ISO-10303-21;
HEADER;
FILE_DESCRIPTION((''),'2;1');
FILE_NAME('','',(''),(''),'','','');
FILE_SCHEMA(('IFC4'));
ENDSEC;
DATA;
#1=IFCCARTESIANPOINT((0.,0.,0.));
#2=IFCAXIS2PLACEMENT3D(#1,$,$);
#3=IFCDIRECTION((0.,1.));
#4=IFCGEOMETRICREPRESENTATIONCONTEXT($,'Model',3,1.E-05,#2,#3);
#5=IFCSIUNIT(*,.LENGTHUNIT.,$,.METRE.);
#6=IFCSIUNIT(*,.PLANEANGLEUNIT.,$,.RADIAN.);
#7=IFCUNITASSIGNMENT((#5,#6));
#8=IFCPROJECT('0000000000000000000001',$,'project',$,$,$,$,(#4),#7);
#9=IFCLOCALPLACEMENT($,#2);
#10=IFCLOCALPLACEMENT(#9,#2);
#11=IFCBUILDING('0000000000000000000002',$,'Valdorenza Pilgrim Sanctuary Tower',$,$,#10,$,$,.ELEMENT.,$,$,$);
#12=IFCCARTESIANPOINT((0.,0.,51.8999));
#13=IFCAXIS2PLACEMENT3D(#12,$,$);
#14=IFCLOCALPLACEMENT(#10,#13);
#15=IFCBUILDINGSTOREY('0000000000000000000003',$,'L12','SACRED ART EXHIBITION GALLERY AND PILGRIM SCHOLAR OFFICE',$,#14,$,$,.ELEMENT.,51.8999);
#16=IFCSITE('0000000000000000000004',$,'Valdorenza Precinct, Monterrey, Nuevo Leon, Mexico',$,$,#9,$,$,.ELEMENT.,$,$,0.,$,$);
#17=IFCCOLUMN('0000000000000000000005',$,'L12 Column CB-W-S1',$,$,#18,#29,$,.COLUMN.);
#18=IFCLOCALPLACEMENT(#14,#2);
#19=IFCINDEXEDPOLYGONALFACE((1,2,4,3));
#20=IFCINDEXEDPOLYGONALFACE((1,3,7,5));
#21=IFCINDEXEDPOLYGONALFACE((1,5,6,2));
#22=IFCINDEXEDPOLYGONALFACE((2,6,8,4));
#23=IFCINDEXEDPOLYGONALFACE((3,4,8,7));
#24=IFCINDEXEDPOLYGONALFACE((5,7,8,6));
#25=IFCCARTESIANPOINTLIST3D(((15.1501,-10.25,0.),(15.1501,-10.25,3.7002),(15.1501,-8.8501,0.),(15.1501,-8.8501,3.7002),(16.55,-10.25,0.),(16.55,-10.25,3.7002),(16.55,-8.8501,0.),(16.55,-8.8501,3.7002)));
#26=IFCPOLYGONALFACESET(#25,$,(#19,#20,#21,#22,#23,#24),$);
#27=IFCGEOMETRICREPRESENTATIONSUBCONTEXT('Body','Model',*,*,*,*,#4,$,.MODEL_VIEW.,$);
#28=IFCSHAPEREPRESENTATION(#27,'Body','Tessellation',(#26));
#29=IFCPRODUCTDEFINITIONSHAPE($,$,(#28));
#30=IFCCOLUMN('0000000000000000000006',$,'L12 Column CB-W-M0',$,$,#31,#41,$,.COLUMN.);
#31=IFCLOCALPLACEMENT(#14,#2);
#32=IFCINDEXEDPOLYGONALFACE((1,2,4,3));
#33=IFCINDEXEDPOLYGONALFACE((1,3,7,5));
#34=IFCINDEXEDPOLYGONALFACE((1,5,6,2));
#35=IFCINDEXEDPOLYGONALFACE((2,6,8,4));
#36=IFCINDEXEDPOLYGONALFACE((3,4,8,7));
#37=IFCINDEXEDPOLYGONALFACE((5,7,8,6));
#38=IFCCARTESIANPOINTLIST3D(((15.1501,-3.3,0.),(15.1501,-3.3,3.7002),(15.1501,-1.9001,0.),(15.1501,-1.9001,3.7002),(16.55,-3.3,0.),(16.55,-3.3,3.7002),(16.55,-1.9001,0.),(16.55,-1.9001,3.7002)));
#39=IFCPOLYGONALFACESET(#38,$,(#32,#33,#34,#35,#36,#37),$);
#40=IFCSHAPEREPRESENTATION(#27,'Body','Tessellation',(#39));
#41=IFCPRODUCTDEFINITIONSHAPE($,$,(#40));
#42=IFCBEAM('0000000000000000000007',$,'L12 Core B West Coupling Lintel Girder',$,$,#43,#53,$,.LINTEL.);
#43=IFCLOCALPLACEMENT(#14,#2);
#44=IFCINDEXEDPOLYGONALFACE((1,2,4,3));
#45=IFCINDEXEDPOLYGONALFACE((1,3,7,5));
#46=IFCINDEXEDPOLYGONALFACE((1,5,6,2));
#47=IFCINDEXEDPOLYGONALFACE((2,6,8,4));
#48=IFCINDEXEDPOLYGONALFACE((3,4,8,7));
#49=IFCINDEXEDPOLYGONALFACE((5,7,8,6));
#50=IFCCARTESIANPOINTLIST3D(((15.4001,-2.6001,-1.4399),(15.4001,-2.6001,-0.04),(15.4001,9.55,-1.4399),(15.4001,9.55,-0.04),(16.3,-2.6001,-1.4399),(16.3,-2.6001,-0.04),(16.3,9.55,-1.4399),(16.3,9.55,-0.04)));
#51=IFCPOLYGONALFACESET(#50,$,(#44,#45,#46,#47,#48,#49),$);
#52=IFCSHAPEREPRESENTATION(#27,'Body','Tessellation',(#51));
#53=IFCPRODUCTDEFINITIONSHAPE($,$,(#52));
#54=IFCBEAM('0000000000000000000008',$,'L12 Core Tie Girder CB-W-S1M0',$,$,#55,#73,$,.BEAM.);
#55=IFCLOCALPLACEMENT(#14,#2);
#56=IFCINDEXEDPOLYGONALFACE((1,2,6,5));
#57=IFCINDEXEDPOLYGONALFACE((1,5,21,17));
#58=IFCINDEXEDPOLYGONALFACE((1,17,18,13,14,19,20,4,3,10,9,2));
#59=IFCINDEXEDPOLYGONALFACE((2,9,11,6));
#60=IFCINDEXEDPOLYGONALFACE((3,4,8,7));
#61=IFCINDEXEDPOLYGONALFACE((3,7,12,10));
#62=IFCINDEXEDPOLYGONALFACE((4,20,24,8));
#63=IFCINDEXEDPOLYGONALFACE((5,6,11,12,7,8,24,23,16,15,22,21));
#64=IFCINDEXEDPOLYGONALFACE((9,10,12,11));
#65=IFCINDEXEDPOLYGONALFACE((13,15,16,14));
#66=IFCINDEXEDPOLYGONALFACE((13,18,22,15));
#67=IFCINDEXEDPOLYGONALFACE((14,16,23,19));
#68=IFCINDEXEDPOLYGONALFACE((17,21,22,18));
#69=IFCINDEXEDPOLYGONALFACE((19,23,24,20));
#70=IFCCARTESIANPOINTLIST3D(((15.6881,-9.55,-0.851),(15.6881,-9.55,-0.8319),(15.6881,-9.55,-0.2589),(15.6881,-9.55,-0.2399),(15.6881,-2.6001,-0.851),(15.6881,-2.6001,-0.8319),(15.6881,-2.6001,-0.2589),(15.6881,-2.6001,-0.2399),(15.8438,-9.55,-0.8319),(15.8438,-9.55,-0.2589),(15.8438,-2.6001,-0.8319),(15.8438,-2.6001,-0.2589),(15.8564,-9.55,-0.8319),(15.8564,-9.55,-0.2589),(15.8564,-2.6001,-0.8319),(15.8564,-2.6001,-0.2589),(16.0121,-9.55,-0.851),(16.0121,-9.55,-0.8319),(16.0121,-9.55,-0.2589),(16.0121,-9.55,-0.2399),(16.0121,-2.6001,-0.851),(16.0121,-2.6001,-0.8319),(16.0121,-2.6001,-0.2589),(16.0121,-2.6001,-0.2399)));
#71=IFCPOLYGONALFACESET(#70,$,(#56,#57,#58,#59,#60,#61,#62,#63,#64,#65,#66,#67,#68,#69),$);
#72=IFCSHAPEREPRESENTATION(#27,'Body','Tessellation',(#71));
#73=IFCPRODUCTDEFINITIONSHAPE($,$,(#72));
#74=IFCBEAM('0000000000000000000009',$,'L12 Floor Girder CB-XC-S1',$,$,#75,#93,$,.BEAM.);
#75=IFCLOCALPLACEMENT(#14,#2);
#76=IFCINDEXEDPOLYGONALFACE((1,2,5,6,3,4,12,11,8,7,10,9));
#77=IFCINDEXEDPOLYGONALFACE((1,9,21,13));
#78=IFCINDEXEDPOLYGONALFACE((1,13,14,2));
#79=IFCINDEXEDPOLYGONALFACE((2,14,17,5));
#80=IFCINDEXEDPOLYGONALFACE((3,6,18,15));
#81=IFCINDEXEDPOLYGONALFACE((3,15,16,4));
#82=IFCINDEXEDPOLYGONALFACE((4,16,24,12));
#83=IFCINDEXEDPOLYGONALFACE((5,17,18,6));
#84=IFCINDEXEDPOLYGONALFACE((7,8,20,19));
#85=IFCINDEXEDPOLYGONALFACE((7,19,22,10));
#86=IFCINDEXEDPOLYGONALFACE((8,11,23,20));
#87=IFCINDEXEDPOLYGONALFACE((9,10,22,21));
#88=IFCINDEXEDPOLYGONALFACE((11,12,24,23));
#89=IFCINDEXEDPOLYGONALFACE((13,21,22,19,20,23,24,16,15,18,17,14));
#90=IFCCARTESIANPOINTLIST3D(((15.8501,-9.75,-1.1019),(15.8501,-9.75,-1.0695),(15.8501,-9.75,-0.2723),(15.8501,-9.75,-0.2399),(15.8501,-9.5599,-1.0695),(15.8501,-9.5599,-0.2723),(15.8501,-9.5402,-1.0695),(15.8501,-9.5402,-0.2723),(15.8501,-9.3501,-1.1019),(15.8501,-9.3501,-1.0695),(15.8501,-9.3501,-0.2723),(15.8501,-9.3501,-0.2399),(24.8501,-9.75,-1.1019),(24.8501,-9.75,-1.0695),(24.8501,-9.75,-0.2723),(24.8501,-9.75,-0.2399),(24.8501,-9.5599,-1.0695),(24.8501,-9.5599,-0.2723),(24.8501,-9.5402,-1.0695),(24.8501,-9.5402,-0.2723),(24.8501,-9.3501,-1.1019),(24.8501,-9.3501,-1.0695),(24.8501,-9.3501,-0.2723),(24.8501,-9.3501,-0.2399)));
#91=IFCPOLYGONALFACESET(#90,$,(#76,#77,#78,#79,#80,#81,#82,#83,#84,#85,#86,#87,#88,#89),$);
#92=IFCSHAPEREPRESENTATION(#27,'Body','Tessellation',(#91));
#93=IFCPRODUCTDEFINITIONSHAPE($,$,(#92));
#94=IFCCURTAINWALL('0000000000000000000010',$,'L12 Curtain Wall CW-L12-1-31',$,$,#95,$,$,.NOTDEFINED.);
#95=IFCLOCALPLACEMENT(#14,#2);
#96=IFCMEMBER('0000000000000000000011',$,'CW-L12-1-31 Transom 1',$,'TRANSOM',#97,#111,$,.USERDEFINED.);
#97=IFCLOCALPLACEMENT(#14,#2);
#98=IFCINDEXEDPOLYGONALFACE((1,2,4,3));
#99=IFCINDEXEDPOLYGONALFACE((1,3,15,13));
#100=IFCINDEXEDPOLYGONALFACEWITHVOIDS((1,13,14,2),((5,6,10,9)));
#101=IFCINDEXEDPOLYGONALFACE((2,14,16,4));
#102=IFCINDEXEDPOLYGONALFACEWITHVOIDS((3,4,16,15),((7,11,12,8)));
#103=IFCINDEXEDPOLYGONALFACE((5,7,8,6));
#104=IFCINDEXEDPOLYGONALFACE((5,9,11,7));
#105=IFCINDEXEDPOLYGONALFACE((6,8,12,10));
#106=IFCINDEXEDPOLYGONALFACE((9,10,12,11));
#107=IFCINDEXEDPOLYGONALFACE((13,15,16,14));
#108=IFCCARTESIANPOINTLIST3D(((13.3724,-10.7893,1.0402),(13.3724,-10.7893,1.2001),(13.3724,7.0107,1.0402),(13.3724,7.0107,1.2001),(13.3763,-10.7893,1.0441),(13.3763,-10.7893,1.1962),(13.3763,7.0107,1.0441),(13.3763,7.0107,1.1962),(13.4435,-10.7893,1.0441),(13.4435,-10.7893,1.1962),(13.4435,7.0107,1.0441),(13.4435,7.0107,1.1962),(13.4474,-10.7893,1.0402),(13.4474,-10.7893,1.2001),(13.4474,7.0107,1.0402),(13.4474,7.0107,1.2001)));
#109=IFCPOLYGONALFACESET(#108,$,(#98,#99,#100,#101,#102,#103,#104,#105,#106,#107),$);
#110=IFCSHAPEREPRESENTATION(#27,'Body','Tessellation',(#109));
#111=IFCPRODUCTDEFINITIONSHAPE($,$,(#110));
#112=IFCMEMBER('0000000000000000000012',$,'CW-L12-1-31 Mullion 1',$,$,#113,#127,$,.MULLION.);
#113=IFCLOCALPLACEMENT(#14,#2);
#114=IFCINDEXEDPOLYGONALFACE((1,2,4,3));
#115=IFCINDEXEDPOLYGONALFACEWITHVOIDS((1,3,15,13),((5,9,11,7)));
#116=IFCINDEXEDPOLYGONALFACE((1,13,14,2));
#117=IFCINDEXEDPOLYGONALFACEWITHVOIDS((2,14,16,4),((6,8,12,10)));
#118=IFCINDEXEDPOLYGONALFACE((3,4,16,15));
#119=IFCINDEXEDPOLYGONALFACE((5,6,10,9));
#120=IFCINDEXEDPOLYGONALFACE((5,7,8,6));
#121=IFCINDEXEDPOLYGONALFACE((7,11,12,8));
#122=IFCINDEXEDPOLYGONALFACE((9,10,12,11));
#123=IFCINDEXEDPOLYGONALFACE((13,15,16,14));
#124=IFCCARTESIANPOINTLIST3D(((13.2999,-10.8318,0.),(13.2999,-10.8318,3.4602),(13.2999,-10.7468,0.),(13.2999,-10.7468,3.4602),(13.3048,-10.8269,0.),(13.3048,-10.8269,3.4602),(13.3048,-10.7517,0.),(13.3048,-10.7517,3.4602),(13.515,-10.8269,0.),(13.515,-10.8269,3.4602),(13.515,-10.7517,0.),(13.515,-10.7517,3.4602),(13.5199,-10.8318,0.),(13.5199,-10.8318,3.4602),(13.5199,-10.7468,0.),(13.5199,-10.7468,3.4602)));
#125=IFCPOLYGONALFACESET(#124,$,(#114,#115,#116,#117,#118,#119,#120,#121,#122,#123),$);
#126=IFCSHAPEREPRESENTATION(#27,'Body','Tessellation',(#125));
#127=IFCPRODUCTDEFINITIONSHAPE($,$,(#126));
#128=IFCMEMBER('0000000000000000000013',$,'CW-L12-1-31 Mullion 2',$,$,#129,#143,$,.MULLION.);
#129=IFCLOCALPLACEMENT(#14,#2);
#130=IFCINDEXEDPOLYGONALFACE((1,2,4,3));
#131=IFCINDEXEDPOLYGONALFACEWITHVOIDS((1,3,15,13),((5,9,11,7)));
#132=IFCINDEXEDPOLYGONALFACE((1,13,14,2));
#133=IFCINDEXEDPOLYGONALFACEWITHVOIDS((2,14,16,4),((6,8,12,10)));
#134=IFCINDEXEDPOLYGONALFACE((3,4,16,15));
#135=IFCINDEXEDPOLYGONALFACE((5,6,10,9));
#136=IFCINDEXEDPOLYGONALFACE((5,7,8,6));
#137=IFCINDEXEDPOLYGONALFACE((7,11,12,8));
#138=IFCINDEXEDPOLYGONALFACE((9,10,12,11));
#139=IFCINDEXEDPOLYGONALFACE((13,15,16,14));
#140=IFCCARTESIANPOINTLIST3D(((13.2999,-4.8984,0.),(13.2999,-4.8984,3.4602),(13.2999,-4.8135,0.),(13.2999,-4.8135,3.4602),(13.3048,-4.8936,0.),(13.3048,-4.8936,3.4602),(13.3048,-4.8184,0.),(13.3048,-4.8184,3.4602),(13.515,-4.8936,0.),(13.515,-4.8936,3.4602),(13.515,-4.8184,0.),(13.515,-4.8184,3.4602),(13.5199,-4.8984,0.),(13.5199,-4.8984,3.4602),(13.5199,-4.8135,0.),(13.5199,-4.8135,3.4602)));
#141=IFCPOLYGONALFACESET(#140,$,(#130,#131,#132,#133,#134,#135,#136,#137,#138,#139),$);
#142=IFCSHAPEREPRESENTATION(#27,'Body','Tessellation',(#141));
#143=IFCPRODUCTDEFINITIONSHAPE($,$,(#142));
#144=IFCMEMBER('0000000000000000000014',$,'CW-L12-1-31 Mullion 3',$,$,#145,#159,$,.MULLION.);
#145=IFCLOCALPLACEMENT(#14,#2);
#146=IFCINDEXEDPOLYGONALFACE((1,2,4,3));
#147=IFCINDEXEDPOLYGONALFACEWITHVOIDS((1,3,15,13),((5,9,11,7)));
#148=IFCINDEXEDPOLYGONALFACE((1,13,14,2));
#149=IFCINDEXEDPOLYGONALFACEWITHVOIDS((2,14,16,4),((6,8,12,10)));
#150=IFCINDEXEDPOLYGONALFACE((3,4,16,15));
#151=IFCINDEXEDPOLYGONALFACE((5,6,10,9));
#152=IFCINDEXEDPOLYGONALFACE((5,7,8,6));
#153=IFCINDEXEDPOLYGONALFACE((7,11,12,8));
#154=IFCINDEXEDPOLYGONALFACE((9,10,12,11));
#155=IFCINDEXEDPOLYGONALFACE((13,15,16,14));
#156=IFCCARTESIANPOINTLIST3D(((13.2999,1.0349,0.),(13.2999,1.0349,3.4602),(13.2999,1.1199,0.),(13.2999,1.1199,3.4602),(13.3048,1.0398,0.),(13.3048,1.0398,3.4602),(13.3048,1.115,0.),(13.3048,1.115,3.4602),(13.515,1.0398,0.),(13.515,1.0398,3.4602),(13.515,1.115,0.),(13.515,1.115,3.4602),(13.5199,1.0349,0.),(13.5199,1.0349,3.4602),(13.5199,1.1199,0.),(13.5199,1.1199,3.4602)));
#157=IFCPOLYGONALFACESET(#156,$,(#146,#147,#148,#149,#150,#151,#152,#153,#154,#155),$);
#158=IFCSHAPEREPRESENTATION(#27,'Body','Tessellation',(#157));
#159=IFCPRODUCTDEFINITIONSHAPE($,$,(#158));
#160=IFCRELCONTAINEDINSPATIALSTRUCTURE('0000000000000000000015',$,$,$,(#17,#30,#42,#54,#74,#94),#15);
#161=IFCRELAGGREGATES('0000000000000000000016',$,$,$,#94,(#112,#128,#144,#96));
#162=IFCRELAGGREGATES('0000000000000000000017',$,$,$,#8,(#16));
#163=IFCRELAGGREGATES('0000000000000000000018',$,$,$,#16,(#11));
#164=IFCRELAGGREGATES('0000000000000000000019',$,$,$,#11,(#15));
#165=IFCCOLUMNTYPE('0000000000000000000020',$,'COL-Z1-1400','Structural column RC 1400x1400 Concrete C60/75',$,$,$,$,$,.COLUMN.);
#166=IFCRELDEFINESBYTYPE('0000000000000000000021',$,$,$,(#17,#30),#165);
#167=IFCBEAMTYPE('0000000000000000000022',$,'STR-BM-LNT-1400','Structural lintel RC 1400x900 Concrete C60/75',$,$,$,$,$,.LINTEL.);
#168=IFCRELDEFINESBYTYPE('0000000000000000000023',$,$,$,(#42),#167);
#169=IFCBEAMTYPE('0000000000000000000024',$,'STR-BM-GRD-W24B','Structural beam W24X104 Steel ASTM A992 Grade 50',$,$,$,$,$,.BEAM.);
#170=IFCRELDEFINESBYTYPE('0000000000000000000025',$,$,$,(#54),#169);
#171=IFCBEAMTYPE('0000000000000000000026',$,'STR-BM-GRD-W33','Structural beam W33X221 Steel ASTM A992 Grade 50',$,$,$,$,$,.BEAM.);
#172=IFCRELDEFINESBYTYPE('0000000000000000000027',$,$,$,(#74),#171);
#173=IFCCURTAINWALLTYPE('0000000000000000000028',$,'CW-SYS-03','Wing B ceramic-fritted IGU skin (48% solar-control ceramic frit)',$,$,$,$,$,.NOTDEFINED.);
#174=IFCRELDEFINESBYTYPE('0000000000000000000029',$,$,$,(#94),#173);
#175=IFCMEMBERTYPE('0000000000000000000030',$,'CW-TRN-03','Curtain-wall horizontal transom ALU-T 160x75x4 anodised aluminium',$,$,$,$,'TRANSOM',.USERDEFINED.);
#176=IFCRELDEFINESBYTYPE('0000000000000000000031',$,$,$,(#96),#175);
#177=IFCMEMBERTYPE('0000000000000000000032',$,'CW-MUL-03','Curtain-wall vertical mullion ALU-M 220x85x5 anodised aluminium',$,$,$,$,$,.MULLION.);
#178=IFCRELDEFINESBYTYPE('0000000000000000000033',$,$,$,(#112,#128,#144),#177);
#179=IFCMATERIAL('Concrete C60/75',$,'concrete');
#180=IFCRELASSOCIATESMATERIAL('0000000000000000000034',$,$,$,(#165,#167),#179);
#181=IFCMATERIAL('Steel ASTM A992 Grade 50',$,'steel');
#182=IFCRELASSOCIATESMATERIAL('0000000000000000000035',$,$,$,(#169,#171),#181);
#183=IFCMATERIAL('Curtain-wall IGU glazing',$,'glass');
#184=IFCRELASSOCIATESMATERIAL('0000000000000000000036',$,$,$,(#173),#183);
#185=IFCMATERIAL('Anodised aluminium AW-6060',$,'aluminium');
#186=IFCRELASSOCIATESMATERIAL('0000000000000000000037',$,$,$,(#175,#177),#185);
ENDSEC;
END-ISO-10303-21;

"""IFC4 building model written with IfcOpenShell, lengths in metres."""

from ifc_helpers import new_model, si_unit, direction, frame, origin, origin_2d, place, context, subcontext, project, spatial, rectangle, hollow_rectangle, i_section, extrude, source, transform, mapped, material, material_profile, profile_set, type_object, element, aggregate, save


model = new_model("IFC4")

# Units and contexts
model_context = context("Model", 3, precision=1e-05, world=origin(), true_north=direction((0.0, 1.0)))
body_context = subcontext(model_context, "Body", "Model", "MODEL_VIEW")
ifc_project = project(units=[si_unit("LENGTHUNIT", "METRE"), si_unit("PLANEANGLEUNIT", "RADIAN")], contexts=[model_context])

# Site, building, storey
site_placement = place(None, origin())
site = spatial("IfcSite", under=ifc_project, at=site_placement, Name="Valdorenza Precinct, Monterrey, Nuevo Leon, Mexico", CompositionType="ELEMENT", RefElevation=0.0)
building_placement = place(site_placement, origin())
building = spatial("IfcBuilding", under=site, at=building_placement, Name="Valdorenza Pilgrim Sanctuary Tower", CompositionType="ELEMENT")
storey_placement = place(building_placement, frame((0.0, 0.0, 51.8999)))
storey = spatial("IfcBuildingStorey", under=building, at=storey_placement, Name="L12", Description="SACRED ART EXHIBITION GALLERY AND PILGRIM SCHOLAR OFFICE", CompositionType="ELEMENT", Elevation=51.8999)

# Columns
ifc_material_1 = material(Name="Concrete C60/75", Category="concrete")
ifc_material_profile_1 = material_profile(ifc_material_1, rectangle(XDim=1.3999, YDim=1.3999, at=origin_2d()), Name="RC 1400x1400")
ifc_profile_set_1 = profile_set([ifc_material_profile_1], Name="Concrete C60/75")
column_type = type_object("IfcColumnType", Name="COL-Z1-1400", Description="Structural column RC 1400x1400 Concrete C60/75", PredefinedType="COLUMN", material=ifc_profile_set_1)
shared_shape_1 = source(origin(), body_context, "Body", "SweptSolid", [
    extrude(rectangle(XDim=1.3999, YDim=1.3999, at=origin_2d()), origin(), (0.0, 0.0, 1.0), 3.7002),
])
for number, where, z_axis, x_axis, name in (
    (1, (15.8501, -9.55, 0.0), (0.0, 0.0, 1.0), (1.0, 0.0, 0.0), "L12 Column CB-W-S1"),
    (2, (15.8501, -2.6001, 0.0), (0.0, 0.0, 1.0), (1.0, 0.0, 0.0), "L12 Column CB-W-M0"),
):
    element("IfcColumn", number, at=place(storey_placement, frame(where, z_axis=z_axis, x_axis=x_axis)), inside=storey, type_object=column_type, Name=name, PredefinedType="COLUMN", context=body_context, shape_type="MappedRepresentation", body=[
        mapped(shared_shape_1, transform((0.0, 0.0, 0.0), x_axis=(1.0, 0.0, 0.0), y_axis=(0.0, 1.0, 0.0), z_axis=(0.0, 0.0, 1.0), scale=1.0)),
    ])

# Beams
ifc_material_profile_2 = material_profile(ifc_material_1, rectangle(XDim=0.8999, YDim=1.3999, at=origin_2d()), Name="RC 1400x900")
ifc_profile_set_2 = profile_set([ifc_material_profile_2], Name="Concrete C60/75")
beam_type_1 = type_object("IfcBeamType", Name="STR-BM-LNT-1400", Description="Structural lintel RC 1400x900 Concrete C60/75", PredefinedType="LINTEL", material=ifc_profile_set_2)
shared_shape_2 = source(origin(), body_context, "Body", "SweptSolid", [
    extrude(rectangle(XDim=0.8999, YDim=1.3999, at=origin_2d()), origin(), (0.0, 0.0, 1.0), 12.1501),
])
beam_1_placement = place(storey_placement, frame((15.8501, -2.6001, -0.74), z_axis=(0.0, 1.0, 0.0), x_axis=(-1.0, 0.0, 0.0)))
element("IfcBeam", 3, at=beam_1_placement, inside=storey, type_object=beam_type_1, Name="L12 Core B West Coupling Lintel Girder", PredefinedType="LINTEL", context=body_context, shape_type="MappedRepresentation", body=[
    mapped(shared_shape_2, transform((0.0, 0.0, 0.0), x_axis=(1.0, 0.0, 0.0), y_axis=(0.0, 1.0, 0.0), z_axis=(0.0, 0.0, 1.0), scale=1.0)),
])
ifc_material_2 = material(Name="Steel ASTM A992 Grade 50", Category="steel")
ifc_material_profile_3 = material_profile(ifc_material_2, i_section(OverallWidth=0.324, OverallDepth=0.6111, WebThickness=0.0127, FlangeThickness=0.019, at=origin_2d()), Name="W24X104")
ifc_profile_set_3 = profile_set([ifc_material_profile_3], Name="Steel ASTM A992 Grade 50")
beam_type_2 = type_object("IfcBeamType", Name="STR-BM-GRD-W24B", Description="Structural beam W24X104 Steel ASTM A992 Grade 50", PredefinedType="BEAM", material=ifc_profile_set_3)
shared_shape_3 = source(origin(), body_context, "Body", "SweptSolid", [
    extrude(i_section(OverallWidth=0.324, OverallDepth=0.6111, WebThickness=0.0127, FlangeThickness=0.019, at=origin_2d()), origin(), (0.0, 0.0, 1.0), 6.95),
])
beam_2_placement = place(storey_placement, frame((15.8501, -9.55, -0.5454), z_axis=(0.0, 1.0, 0.0), x_axis=(-1.0, 0.0, 0.0)))
element("IfcBeam", 4, at=beam_2_placement, inside=storey, type_object=beam_type_2, Name="L12 Core Tie Girder CB-W-S1M0", PredefinedType="BEAM", context=body_context, shape_type="MappedRepresentation", body=[
    mapped(shared_shape_3, transform((0.0, 0.0, 0.0), x_axis=(1.0, 0.0, 0.0), y_axis=(0.0, 1.0, 0.0), z_axis=(0.0, 0.0, 1.0), scale=1.0)),
])
ifc_material_profile_4 = material_profile(ifc_material_2, i_section(OverallWidth=0.3999, OverallDepth=0.8621, WebThickness=0.0198, FlangeThickness=0.0325, at=origin_2d()), Name="W33X221")
ifc_profile_set_4 = profile_set([ifc_material_profile_4], Name="Steel ASTM A992 Grade 50")
beam_type_3 = type_object("IfcBeamType", Name="STR-BM-GRD-W33", Description="Structural beam W33X221 Steel ASTM A992 Grade 50", PredefinedType="BEAM", material=ifc_profile_set_4)
shared_shape_4 = source(origin(), body_context, "Body", "SweptSolid", [
    extrude(i_section(OverallWidth=0.3999, OverallDepth=0.8621, WebThickness=0.0198, FlangeThickness=0.0325, at=origin_2d()), origin(), (0.0, 0.0, 1.0), 9.0),
])
beam_3_placement = place(storey_placement, frame((15.8501, -9.55, -0.6709), z_axis=(1.0, 0.0, 0.0), x_axis=(0.0, 1.0, 0.0)))
element("IfcBeam", 5, at=beam_3_placement, inside=storey, type_object=beam_type_3, Name="L12 Floor Girder CB-XC-S1", PredefinedType="BEAM", context=body_context, shape_type="MappedRepresentation", body=[
    mapped(shared_shape_4, transform((0.0, 0.0, 0.0), x_axis=(1.0, 0.0, 0.0), y_axis=(0.0, 1.0, 0.0), z_axis=(0.0, 0.0, 1.0), scale=1.0)),
])

# Curtain wall, members
ifc_material_3 = material(Name="Curtain-wall IGU glazing", Category="glass")
curtain_wall_type = type_object("IfcCurtainWallType", Name="CW-SYS-03", Description="Wing B ceramic-fritted IGU skin (48% solar-control ceramic frit)", PredefinedType="NOTDEFINED", material=ifc_material_3)
curtain_wall_placement = place(storey_placement, origin())
curtain_wall = element("IfcCurtainWall", 6, at=curtain_wall_placement, inside=storey, type_object=curtain_wall_type, Name="L12 Curtain Wall CW-L12-1-31", PredefinedType="NOTDEFINED")
ifc_material_4 = material(Name="Anodised aluminium AW-6060", Category="aluminium")
ifc_material_profile_5 = material_profile(ifc_material_4, hollow_rectangle(XDim=0.075, YDim=0.1599, WallThickness=0.0039, at=origin_2d()), Name="ALU-T 160x75x4")
ifc_profile_set_5 = profile_set([ifc_material_profile_5], Name="Anodised aluminium AW-6060")
member_type_1 = type_object("IfcMemberType", Name="CW-TRN-03", Description="Curtain-wall horizontal transom ALU-T 160x75x4 anodised aluminium", ElementType="TRANSOM", PredefinedType="USERDEFINED", material=ifc_profile_set_5)
shared_shape_5 = source(origin(), body_context, "Body", "SweptSolid", [
    extrude(hollow_rectangle(XDim=0.075, YDim=0.1599, WallThickness=0.0039, at=origin_2d()), origin(), (0.0, 0.0, 1.0), 17.8),
])
member_1_placement = place(storey_placement, frame((13.4099, -10.7893, 1.1201), z_axis=(0.0, 1.0, 0.0), x_axis=(-1.0, 0.0, 0.0)))
member_1 = element("IfcMember", 7, at=member_1_placement, type_object=member_type_1, Name="CW-L12-1-31 Transom 1", ObjectType="TRANSOM", PredefinedType="USERDEFINED", context=body_context, shape_type="MappedRepresentation", body=[
    mapped(shared_shape_5, transform((0.0, 0.0, 0.0), x_axis=(1.0, 0.0, 0.0), y_axis=(0.0, 1.0, 0.0), z_axis=(0.0, 0.0, 1.0), scale=1.0)),
])
ifc_material_profile_6 = material_profile(ifc_material_4, hollow_rectangle(XDim=0.085, YDim=0.22, WallThickness=0.0049, at=origin_2d()), Name="ALU-M 220x85x5")
ifc_profile_set_6 = profile_set([ifc_material_profile_6], Name="Anodised aluminium AW-6060")
member_type_2 = type_object("IfcMemberType", Name="CW-MUL-03", Description="Curtain-wall vertical mullion ALU-M 220x85x5 anodised aluminium", PredefinedType="MULLION", material=ifc_profile_set_6)
shared_shape_6 = source(origin(), body_context, "Body", "SweptSolid", [
    extrude(hollow_rectangle(XDim=0.085, YDim=0.22, WallThickness=0.0049, at=origin_2d()), origin(), (0.0, 0.0, 1.0), 3.4602),
])
member_2_placement = place(storey_placement, frame((13.4099, -10.7893, 0.0), z_axis=(0.0, 0.0, 1.0), x_axis=(0.0, 1.0, 0.0)))
member_2 = element("IfcMember", 8, at=member_2_placement, type_object=member_type_2, Name="CW-L12-1-31 Mullion 1", PredefinedType="MULLION", context=body_context, shape_type="MappedRepresentation", body=[
    mapped(shared_shape_6, transform((0.0, 0.0, 0.0), x_axis=(1.0, 0.0, 0.0), y_axis=(0.0, 1.0, 0.0), z_axis=(0.0, 0.0, 1.0), scale=1.0)),
])
member_3_placement = place(storey_placement, frame((13.4099, -4.856, 0.0), z_axis=(0.0, 0.0, 1.0), x_axis=(0.0, 1.0, 0.0)))
member_3 = element("IfcMember", 9, at=member_3_placement, type_object=member_type_2, Name="CW-L12-1-31 Mullion 2", PredefinedType="MULLION", context=body_context, shape_type="MappedRepresentation", body=[
    mapped(shared_shape_6, transform((0.0, 0.0, 0.0), x_axis=(1.0, 0.0, 0.0), y_axis=(0.0, 1.0, 0.0), z_axis=(0.0, 0.0, 1.0), scale=1.0)),
])
member_4_placement = place(storey_placement, frame((13.4099, 1.0774, 0.0), z_axis=(0.0, 0.0, 1.0), x_axis=(0.0, 1.0, 0.0)))
member_4 = element("IfcMember", 10, at=member_4_placement, type_object=member_type_2, Name="CW-L12-1-31 Mullion 3", PredefinedType="MULLION", context=body_context, shape_type="MappedRepresentation", body=[
    mapped(shared_shape_6, transform((0.0, 0.0, 0.0), x_axis=(1.0, 0.0, 0.0), y_axis=(0.0, 1.0, 0.0), z_axis=(0.0, 0.0, 1.0), scale=1.0)),
])
aggregate(curtain_wall, [member_2, member_3, member_4, member_1])

save(model, "model.ifc")
